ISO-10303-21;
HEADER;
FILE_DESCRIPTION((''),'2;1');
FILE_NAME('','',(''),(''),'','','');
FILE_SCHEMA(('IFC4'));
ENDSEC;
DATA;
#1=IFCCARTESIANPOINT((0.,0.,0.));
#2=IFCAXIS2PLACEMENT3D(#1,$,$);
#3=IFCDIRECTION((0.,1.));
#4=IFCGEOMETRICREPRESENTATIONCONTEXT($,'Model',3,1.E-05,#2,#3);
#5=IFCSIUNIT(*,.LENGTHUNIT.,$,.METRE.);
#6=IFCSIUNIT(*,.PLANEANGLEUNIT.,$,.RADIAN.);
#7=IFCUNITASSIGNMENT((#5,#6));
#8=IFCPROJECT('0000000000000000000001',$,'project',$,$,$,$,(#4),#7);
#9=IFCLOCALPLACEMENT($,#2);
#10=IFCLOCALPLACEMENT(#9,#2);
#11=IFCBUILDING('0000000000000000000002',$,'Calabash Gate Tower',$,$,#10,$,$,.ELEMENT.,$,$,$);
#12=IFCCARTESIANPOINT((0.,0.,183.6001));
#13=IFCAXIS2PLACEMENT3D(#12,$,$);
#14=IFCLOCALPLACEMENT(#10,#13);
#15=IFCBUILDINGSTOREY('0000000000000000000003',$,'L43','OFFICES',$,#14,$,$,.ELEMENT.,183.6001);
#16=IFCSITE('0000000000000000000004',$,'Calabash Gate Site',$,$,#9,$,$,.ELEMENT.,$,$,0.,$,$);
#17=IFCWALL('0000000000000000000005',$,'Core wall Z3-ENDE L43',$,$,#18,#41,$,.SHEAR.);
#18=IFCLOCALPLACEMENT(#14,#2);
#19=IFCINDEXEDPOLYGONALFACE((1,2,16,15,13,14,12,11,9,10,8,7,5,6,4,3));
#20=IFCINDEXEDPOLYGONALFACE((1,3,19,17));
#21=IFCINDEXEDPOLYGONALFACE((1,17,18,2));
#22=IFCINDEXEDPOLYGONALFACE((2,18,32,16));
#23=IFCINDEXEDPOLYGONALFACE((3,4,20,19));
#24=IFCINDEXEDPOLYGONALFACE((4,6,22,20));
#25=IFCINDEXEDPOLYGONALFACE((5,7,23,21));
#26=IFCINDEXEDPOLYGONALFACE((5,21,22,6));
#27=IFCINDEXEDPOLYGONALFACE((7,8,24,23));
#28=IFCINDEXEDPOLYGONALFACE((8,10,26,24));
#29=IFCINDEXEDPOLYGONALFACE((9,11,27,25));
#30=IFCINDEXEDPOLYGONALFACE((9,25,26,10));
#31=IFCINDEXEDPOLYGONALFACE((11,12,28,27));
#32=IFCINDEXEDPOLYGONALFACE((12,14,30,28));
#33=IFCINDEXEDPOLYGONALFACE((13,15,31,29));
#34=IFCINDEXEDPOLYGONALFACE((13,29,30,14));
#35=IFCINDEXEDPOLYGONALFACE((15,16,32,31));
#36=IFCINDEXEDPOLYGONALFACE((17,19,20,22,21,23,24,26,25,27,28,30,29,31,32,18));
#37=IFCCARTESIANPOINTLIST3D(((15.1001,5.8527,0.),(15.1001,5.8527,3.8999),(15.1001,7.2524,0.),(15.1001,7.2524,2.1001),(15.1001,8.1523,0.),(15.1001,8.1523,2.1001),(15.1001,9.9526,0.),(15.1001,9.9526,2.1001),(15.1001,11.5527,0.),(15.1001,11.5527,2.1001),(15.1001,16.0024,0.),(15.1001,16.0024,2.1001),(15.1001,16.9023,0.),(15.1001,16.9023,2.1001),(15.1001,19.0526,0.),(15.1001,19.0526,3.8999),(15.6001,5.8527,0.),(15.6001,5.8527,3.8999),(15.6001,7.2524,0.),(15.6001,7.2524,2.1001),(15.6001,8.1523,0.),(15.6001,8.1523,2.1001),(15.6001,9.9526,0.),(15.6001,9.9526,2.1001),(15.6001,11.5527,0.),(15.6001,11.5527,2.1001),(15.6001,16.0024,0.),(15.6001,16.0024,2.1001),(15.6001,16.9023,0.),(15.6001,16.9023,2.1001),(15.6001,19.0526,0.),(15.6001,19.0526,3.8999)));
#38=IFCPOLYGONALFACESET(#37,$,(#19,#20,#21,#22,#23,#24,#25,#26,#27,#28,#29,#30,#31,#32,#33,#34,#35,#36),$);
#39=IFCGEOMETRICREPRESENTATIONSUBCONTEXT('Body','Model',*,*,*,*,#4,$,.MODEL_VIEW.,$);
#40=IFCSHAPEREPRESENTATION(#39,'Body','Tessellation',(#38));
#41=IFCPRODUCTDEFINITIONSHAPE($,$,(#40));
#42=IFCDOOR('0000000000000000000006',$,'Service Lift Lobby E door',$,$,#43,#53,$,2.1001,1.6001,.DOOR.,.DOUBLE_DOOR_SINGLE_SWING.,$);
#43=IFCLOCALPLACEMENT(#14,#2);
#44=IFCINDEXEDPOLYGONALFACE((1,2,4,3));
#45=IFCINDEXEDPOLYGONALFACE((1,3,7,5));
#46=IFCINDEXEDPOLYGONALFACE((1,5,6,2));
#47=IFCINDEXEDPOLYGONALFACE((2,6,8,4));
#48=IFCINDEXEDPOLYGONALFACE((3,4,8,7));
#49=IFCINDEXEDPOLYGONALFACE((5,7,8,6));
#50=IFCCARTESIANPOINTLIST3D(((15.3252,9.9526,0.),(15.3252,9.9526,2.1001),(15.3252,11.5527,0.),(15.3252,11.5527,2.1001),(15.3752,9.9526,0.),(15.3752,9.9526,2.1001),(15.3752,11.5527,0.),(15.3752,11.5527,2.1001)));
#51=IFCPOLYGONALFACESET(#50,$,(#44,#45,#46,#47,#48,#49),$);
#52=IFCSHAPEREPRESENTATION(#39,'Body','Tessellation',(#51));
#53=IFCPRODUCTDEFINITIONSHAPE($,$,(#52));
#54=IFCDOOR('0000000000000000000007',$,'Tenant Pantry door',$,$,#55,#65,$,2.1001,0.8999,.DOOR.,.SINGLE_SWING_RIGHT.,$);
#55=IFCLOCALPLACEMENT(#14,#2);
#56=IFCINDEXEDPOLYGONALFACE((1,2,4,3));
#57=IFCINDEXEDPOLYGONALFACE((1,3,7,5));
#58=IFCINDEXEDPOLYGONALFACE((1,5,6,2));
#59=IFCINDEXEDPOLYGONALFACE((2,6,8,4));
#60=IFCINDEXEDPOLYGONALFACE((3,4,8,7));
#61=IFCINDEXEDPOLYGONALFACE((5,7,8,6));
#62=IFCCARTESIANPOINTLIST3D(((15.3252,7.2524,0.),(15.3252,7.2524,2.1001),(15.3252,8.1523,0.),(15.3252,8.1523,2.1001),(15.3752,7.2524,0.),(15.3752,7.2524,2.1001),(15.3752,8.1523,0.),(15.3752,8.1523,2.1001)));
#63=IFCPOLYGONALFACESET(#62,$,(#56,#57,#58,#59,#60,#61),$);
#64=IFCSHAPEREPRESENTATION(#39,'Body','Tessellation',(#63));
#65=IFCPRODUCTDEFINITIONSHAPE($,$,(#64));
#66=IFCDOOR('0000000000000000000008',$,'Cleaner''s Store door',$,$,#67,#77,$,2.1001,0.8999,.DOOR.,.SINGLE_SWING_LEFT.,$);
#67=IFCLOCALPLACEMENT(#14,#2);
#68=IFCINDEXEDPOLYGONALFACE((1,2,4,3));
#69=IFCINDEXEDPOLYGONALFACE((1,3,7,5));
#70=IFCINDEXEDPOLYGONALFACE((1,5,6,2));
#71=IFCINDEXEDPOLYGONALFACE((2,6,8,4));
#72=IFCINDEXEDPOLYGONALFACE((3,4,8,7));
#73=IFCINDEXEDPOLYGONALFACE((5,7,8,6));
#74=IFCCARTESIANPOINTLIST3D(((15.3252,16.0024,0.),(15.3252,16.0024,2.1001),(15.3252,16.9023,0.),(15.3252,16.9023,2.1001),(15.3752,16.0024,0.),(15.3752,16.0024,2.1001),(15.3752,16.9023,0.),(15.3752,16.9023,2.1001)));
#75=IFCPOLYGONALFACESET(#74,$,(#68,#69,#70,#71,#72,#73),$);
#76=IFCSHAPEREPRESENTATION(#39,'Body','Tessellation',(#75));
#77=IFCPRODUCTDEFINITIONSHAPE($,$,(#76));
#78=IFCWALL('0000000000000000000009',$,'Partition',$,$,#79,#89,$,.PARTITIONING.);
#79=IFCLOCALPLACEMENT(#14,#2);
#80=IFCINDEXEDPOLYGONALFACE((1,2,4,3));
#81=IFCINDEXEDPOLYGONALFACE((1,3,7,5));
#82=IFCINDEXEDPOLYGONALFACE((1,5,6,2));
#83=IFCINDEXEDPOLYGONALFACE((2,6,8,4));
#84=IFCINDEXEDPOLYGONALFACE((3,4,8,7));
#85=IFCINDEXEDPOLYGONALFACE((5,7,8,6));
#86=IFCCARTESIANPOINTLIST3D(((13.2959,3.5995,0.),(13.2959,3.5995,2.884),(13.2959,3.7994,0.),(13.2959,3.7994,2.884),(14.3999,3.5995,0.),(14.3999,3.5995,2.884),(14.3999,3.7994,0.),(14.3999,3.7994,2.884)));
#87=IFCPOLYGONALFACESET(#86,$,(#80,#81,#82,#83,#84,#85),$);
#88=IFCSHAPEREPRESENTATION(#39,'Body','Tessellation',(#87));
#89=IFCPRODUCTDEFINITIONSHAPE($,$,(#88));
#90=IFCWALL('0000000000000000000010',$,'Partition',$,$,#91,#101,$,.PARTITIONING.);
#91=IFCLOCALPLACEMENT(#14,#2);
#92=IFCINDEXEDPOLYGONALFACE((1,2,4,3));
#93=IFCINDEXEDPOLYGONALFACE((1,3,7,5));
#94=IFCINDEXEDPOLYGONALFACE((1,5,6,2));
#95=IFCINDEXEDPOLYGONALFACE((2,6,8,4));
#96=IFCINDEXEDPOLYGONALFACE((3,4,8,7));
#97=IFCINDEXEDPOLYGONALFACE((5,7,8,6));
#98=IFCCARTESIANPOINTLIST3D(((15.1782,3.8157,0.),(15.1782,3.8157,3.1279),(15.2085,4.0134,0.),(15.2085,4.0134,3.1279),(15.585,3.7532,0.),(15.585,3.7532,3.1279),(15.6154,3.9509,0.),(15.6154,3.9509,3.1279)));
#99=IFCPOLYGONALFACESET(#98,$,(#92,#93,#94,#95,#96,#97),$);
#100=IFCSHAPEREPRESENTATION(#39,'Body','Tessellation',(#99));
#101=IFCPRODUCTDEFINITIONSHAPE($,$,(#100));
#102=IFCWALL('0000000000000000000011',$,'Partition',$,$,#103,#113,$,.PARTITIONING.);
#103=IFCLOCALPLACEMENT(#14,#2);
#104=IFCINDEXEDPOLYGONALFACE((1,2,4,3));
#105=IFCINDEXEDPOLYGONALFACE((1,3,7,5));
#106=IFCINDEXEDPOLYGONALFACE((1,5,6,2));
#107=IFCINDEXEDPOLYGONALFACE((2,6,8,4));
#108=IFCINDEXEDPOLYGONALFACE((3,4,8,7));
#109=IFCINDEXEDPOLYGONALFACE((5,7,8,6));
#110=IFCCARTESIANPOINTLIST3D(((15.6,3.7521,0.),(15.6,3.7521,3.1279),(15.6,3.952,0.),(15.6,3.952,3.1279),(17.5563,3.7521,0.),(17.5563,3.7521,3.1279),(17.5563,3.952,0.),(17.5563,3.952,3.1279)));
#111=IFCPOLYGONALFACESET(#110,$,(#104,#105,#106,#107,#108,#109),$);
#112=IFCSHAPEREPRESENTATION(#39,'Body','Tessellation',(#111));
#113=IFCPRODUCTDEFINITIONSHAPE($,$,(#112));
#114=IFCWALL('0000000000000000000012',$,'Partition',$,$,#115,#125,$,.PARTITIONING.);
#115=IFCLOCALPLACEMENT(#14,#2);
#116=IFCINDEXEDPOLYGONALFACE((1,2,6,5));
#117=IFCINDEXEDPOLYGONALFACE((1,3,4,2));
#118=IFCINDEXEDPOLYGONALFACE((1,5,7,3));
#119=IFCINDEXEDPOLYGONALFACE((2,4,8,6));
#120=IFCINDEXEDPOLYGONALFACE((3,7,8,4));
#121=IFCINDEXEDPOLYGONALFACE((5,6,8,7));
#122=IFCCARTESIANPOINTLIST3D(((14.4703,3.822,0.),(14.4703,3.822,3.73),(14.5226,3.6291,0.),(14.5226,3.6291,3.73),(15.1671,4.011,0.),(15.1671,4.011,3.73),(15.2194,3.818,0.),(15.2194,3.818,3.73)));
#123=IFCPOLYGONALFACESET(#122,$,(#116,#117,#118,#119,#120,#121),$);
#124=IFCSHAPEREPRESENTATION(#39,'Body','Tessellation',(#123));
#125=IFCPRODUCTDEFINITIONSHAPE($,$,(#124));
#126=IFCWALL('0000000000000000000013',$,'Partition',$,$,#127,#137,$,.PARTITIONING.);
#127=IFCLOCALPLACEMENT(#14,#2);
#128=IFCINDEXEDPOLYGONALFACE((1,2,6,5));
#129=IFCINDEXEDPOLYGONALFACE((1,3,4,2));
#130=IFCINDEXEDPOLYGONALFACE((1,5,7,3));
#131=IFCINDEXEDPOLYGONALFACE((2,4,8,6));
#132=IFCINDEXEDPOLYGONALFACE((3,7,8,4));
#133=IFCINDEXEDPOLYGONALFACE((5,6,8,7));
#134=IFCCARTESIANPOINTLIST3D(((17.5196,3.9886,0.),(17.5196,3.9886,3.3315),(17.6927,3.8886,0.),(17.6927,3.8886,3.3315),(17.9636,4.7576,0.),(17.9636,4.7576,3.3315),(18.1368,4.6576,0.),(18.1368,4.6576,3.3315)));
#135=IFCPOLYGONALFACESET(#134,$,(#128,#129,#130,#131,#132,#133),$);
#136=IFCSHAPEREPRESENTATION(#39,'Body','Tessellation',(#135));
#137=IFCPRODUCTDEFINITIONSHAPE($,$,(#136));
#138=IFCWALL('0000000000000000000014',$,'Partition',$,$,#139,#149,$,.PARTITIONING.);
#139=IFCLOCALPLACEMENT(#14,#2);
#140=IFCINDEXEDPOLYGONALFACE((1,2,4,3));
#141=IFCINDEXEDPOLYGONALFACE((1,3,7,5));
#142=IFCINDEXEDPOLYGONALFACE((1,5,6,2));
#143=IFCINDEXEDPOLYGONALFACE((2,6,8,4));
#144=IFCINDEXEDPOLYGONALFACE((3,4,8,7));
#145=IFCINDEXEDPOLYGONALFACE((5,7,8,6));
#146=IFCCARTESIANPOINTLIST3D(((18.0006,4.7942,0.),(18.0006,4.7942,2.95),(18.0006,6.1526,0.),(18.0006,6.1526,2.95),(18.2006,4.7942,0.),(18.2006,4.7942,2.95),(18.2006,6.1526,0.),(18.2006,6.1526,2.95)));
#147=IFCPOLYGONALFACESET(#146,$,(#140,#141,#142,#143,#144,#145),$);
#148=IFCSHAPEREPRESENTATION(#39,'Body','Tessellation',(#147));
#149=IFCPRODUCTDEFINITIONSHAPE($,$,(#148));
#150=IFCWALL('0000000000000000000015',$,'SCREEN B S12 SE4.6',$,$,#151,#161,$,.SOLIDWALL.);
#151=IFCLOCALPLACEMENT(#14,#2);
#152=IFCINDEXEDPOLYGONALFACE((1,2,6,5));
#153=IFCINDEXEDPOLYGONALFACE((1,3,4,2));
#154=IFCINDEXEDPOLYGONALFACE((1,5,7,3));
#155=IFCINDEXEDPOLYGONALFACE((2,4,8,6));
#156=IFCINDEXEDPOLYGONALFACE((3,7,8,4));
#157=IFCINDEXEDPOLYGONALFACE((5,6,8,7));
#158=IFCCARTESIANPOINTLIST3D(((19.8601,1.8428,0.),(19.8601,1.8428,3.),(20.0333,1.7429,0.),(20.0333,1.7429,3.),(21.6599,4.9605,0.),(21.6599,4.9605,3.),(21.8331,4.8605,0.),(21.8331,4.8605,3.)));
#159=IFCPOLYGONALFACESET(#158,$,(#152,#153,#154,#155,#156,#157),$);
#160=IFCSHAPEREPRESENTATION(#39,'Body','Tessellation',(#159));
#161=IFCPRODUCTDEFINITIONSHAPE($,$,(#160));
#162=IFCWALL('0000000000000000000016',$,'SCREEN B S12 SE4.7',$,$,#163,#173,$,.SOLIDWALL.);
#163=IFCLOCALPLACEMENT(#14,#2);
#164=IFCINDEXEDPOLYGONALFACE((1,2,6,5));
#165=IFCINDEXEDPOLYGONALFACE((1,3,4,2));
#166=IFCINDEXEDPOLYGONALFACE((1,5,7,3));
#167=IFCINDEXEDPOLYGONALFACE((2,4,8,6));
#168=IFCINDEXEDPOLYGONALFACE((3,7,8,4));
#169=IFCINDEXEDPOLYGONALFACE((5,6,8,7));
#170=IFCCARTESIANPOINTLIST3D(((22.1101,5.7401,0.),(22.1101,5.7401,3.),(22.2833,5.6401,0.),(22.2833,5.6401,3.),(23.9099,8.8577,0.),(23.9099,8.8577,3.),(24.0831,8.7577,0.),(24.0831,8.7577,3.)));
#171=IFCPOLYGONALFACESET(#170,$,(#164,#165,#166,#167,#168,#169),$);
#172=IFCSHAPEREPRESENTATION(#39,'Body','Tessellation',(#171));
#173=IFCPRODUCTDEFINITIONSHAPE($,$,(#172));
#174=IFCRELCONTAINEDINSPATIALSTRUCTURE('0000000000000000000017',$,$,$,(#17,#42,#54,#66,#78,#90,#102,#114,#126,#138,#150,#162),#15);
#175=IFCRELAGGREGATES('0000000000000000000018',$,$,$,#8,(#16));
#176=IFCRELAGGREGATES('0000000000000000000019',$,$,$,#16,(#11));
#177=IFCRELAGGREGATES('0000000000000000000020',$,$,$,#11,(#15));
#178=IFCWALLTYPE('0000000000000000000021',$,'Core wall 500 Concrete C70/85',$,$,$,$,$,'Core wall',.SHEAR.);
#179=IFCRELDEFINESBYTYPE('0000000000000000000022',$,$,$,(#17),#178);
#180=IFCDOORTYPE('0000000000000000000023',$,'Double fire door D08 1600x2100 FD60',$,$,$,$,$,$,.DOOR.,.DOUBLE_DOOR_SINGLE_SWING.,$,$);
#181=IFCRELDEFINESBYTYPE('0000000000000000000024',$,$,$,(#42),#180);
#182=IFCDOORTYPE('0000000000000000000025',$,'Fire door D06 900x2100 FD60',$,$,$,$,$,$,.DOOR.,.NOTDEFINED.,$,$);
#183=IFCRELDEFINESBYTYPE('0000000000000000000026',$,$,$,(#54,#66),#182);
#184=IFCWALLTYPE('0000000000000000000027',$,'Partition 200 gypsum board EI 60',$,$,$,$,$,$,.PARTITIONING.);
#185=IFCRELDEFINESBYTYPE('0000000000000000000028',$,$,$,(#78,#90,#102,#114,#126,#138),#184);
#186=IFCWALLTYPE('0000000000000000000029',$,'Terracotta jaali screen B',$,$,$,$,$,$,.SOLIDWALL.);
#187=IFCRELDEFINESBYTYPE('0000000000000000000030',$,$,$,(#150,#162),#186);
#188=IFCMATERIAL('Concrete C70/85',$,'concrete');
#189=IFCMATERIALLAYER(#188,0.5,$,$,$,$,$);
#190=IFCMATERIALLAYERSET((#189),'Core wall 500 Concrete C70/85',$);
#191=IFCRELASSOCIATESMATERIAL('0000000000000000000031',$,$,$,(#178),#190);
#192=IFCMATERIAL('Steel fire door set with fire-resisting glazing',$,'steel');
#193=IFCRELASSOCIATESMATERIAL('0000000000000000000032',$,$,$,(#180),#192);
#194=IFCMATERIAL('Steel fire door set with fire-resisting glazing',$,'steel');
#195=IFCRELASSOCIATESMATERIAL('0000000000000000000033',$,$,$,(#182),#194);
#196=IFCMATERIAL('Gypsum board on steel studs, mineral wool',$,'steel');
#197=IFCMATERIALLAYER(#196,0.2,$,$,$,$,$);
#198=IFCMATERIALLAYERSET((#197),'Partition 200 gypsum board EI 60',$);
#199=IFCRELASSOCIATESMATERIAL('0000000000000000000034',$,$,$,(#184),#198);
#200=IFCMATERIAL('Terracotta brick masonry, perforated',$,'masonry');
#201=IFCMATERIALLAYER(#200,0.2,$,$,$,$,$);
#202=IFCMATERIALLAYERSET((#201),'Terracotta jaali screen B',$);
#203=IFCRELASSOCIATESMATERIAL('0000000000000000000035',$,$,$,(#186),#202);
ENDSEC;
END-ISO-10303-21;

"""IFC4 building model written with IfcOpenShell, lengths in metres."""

from ifc_helpers import new_model, si_unit, direction, frame, frame_2d, origin, place, context, subcontext, project, spatial, rectangle, extrude, material, layer, layer_set, type_object, element, fill, save


model = new_model("IFC4")

# Units and contexts
model_context = context("Model", 3, precision=1e-05, world=origin(), true_north=direction((0.0, 1.0)))
body_context = subcontext(model_context, "Body", "Model", "MODEL_VIEW")
ifc_project = project(units=[si_unit("LENGTHUNIT", "METRE"), si_unit("PLANEANGLEUNIT", "RADIAN")], contexts=[model_context])

# Site, building, storey
site_placement = place(None, origin())
site = spatial("IfcSite", under=ifc_project, at=site_placement, Name="Calabash Gate Site", CompositionType="ELEMENT", RefElevation=0.0)
building_placement = place(site_placement, origin())
building = spatial("IfcBuilding", under=site, at=building_placement, Name="Calabash Gate Tower", CompositionType="ELEMENT")
storey_placement = place(building_placement, frame((0.0, 0.0, 183.6001)))
storey = spatial("IfcBuildingStorey", under=building, at=storey_placement, Name="L43", Description="OFFICES", CompositionType="ELEMENT", Elevation=183.6001)

# Wall, openings, doors
ifc_material_1 = material(Name="Concrete C70/85", Category="concrete")
ifc_layer_1 = layer(ifc_material_1, 0.5)
ifc_layer_set_1 = layer_set([ifc_layer_1], Name="Core wall 500 Concrete C70/85")
wall_type_1 = type_object("IfcWallType", Name="Core wall 500 Concrete C70/85", ElementType="Core wall", PredefinedType="SHEAR", material=ifc_layer_set_1)
wall_1_placement = place(storey_placement, frame((15.3501, 5.8525, 0.0), z_axis=(0.0, 0.0, 1.0), x_axis=(0.0, 1.0, 0.0)))
wall_1 = element("IfcWall", 1, at=wall_1_placement, inside=storey, type_object=wall_type_1, Name="Core wall Z3-ENDE L43", PredefinedType="SHEAR", context=body_context, shape_type="SweptSolid", body=[
    extrude(rectangle(XDim=13.2, YDim=0.5, at=frame_2d((6.6001, 0.0))), origin(), (0.0, 0.0, 1.0), 3.8999),
])
opening_1_placement = place(wall_1_placement, frame((4.1001, 0.0, 0.0)))
opening_1 = element("IfcOpeningElement", 2, at=opening_1_placement, cuts=wall_1, PredefinedType="OPENING", context=body_context, shape_type="SweptSolid", body=[
    extrude(rectangle(XDim=1.6001, YDim=2.1001, at=frame_2d((0.8, 1.05))), frame((0.0, 0.26, 0.0), z_axis=(0.0, -1.0, 0.0), x_axis=(1.0, 0.0, 0.0)), (0.0, 0.0, 1.0), 0.52),
])
opening_2_placement = place(wall_1_placement, frame((1.3999, 0.0, 0.0)))
opening_2 = element("IfcOpeningElement", 3, at=opening_2_placement, cuts=wall_1, PredefinedType="OPENING", context=body_context, shape_type="SweptSolid", body=[
    extrude(rectangle(XDim=0.8999, YDim=2.1001, at=frame_2d((0.45, 1.05))), frame((0.0, 0.26, 0.0), z_axis=(0.0, -1.0, 0.0), x_axis=(1.0, 0.0, 0.0)), (0.0, 0.0, 1.0), 0.52),
])
opening_3_placement = place(wall_1_placement, frame((10.1499, 0.0, 0.0)))
opening_3 = element("IfcOpeningElement", 4, at=opening_3_placement, cuts=wall_1, PredefinedType="OPENING", context=body_context, shape_type="SweptSolid", body=[
    extrude(rectangle(XDim=0.8999, YDim=2.1001, at=frame_2d((0.45, 1.05))), frame((0.0, 0.26, 0.0), z_axis=(0.0, -1.0, 0.0), x_axis=(1.0, 0.0, 0.0)), (0.0, 0.0, 1.0), 0.52),
])
ifc_material_2 = material(Name="Steel fire door set with fire-resisting glazing", Category="steel")
door_type_1 = type_object("IfcDoorType", Name="Double fire door D08 1600x2100 FD60", OperationType="DOUBLE_DOOR_SINGLE_SWING", PredefinedType="DOOR", material=ifc_material_2)
door_1_placement = place(opening_1_placement, origin())
door_1 = element("IfcDoor", 5, at=door_1_placement, inside=storey, type_object=door_type_1, Name="Service Lift Lobby E door", OperationType="DOUBLE_DOOR_SINGLE_SWING", OverallHeight=2.1001, OverallWidth=1.6001, PredefinedType="DOOR", context=body_context, shape_type="SweptSolid", body=[
    extrude(rectangle(XDim=1.6001, YDim=2.1001, at=frame_2d((0.8, 1.05))), frame((0.0, 0.0249, 0.0), z_axis=(0.0, -1.0, 0.0), x_axis=(1.0, 0.0, 0.0)), (0.0, 0.0, 1.0), 0.05),
])
fill(opening_1, door_1)
ifc_material_3 = material(Name="Steel fire door set with fire-resisting glazing", Category="steel")
door_type_2 = type_object("IfcDoorType", Name="Fire door D06 900x2100 FD60", OperationType="NOTDEFINED", PredefinedType="DOOR", material=ifc_material_3)
door_2_placement = place(opening_2_placement, origin())
door_2 = element("IfcDoor", 6, at=door_2_placement, inside=storey, type_object=door_type_2, Name="Tenant Pantry door", OperationType="SINGLE_SWING_RIGHT", OverallHeight=2.1001, OverallWidth=0.8999, PredefinedType="DOOR", context=body_context, shape_type="SweptSolid", body=[
    extrude(rectangle(XDim=0.8999, YDim=2.1001, at=frame_2d((0.45, 1.05))), frame((0.0, 0.0249, 0.0), z_axis=(0.0, -1.0, 0.0), x_axis=(1.0, 0.0, 0.0)), (0.0, 0.0, 1.0), 0.05),
])
fill(opening_2, door_2)
door_3_placement = place(opening_3_placement, origin())
door_3 = element("IfcDoor", 7, at=door_3_placement, inside=storey, type_object=door_type_2, Name="Cleaner's Store door", OperationType="SINGLE_SWING_LEFT", OverallHeight=2.1001, OverallWidth=0.8999, PredefinedType="DOOR", context=body_context, shape_type="SweptSolid", body=[
    extrude(rectangle(XDim=0.8999, YDim=2.1001, at=frame_2d((0.45, 1.05))), frame((0.0, 0.0249, 0.0), z_axis=(0.0, -1.0, 0.0), x_axis=(1.0, 0.0, 0.0)), (0.0, 0.0, 1.0), 0.05),
])
fill(opening_3, door_3)

# Walls
ifc_material_4 = material(Name="Gypsum board on steel studs, mineral wool", Category="steel")
ifc_layer_2 = layer(ifc_material_4, 0.2)
ifc_layer_set_2 = layer_set([ifc_layer_2], Name="Partition 200 gypsum board EI 60")
wall_type_2 = type_object("IfcWallType", Name="Partition 200 gypsum board EI 60", PredefinedType="PARTITIONING", material=ifc_layer_set_2)
wall_2_placement = place(storey_placement, frame((13.2959, 3.6995, 0.0), z_axis=(0.0, 0.0, 1.0), x_axis=(1.0, 0.0, 0.0)))
element("IfcWall", 8, at=wall_2_placement, inside=storey, type_object=wall_type_2, Name="Partition", PredefinedType="PARTITIONING", context=body_context, shape_type="SweptSolid", body=[
    extrude(rectangle(XDim=1.104, YDim=0.2, at=frame_2d((0.552, 0.0))), origin(), (0.0, 0.0, 1.0), 2.884),
])
wall_3_placement = place(storey_placement, frame((15.1934, 3.9146, 0.0), z_axis=(0.0, 0.0, 1.0), x_axis=(0.988399, -0.151879, 0.0)))
element("IfcWall", 9, at=wall_3_placement, inside=storey, type_object=wall_type_2, Name="Partition", PredefinedType="PARTITIONING", context=body_context, shape_type="SweptSolid", body=[
    extrude(rectangle(XDim=0.4116, YDim=0.2, at=frame_2d((0.2058, 0.0))), origin(), (0.0, 0.0, 1.0), 3.1279),
])
wall_4_placement = place(storey_placement, frame((15.6001, 3.8521, 0.0), z_axis=(0.0, 0.0, 1.0), x_axis=(1.0, 0.0, 0.0)))
element("IfcWall", 10, at=wall_4_placement, inside=storey, type_object=wall_type_2, Name="Partition", PredefinedType="PARTITIONING", context=body_context, shape_type="SweptSolid", body=[
    extrude(rectangle(XDim=1.9563, YDim=0.2, at=frame_2d((0.978, 0.0))), origin(), (0.0, 0.0, 1.0), 3.1279),
])
wall_5_placement = place(storey_placement, frame((14.4966, 3.7256, 0.0), z_axis=(0.0, 0.0, 1.0), x_axis=(0.965137, 0.261744, 0.0)))
element("IfcWall", 11, at=wall_5_placement, inside=storey, type_object=wall_type_2, Name="Partition", PredefinedType="PARTITIONING", context=body_context, shape_type="SweptSolid", body=[
    extrude(rectangle(XDim=0.7219, YDim=0.2, at=frame_2d((0.3608, 0.0))), origin(), (0.0, 0.0, 1.0), 3.73),
])
wall_6_placement = place(storey_placement, frame((17.6062, 3.9387, 0.0), z_axis=(0.0, 0.0, 1.0), x_axis=(0.500071, 0.865984, 0.0)))
element("IfcWall", 12, at=wall_6_placement, inside=storey, type_object=wall_type_2, Name="Partition", PredefinedType="PARTITIONING", context=body_context, shape_type="SweptSolid", body=[
    extrude(rectangle(XDim=0.8879, YDim=0.2, at=frame_2d((0.4438, 0.0))), origin(), (0.0, 0.0, 1.0), 3.3315),
])
wall_7_placement = place(storey_placement, frame((18.1006, 4.7942, 0.0), z_axis=(0.0, 0.0, 1.0), x_axis=(0.0, 1.0, 0.0)))
element("IfcWall", 13, at=wall_7_placement, inside=storey, type_object=wall_type_2, Name="Partition", PredefinedType="PARTITIONING", context=body_context, shape_type="SweptSolid", body=[
    extrude(rectangle(XDim=1.3584, YDim=0.2, at=frame_2d((0.6792, 0.0))), origin(), (0.0, 0.0, 1.0), 2.95),
])
ifc_material_5 = material(Name="Terracotta brick masonry, perforated", Category="masonry")
ifc_layer_3 = layer(ifc_material_5, 0.2)
ifc_layer_set_3 = layer_set([ifc_layer_3], Name="Terracotta jaali screen B")
wall_type_3 = type_object("IfcWallType", Name="Terracotta jaali screen B", PredefinedType="SOLIDWALL", material=ifc_layer_set_3)
for number, where, z_axis, x_axis, name in (
    (14, (19.9468, 1.793, 0.0), (0.0, 0.0, 1.0), (0.499961, 0.866048, 0.0), "SCREEN B S12 SE4.6"),
    (15, (22.1968, 5.6902, 0.0), (0.0, 0.0, 1.0), (0.499961, 0.866048, 0.0), "SCREEN B S12 SE4.7"),
):
    element("IfcWall", number, at=place(storey_placement, frame(where, z_axis=z_axis, x_axis=x_axis)), inside=storey, type_object=wall_type_3, Name=name, PredefinedType="SOLIDWALL", context=body_context, shape_type="SweptSolid", body=[
        extrude(rectangle(XDim=3.5999, YDim=0.2, at=frame_2d((1.7998, 0.0))), origin(), (0.0, 0.0, 1.0), 3.0),
    ])

save(model, "model.ifc")
